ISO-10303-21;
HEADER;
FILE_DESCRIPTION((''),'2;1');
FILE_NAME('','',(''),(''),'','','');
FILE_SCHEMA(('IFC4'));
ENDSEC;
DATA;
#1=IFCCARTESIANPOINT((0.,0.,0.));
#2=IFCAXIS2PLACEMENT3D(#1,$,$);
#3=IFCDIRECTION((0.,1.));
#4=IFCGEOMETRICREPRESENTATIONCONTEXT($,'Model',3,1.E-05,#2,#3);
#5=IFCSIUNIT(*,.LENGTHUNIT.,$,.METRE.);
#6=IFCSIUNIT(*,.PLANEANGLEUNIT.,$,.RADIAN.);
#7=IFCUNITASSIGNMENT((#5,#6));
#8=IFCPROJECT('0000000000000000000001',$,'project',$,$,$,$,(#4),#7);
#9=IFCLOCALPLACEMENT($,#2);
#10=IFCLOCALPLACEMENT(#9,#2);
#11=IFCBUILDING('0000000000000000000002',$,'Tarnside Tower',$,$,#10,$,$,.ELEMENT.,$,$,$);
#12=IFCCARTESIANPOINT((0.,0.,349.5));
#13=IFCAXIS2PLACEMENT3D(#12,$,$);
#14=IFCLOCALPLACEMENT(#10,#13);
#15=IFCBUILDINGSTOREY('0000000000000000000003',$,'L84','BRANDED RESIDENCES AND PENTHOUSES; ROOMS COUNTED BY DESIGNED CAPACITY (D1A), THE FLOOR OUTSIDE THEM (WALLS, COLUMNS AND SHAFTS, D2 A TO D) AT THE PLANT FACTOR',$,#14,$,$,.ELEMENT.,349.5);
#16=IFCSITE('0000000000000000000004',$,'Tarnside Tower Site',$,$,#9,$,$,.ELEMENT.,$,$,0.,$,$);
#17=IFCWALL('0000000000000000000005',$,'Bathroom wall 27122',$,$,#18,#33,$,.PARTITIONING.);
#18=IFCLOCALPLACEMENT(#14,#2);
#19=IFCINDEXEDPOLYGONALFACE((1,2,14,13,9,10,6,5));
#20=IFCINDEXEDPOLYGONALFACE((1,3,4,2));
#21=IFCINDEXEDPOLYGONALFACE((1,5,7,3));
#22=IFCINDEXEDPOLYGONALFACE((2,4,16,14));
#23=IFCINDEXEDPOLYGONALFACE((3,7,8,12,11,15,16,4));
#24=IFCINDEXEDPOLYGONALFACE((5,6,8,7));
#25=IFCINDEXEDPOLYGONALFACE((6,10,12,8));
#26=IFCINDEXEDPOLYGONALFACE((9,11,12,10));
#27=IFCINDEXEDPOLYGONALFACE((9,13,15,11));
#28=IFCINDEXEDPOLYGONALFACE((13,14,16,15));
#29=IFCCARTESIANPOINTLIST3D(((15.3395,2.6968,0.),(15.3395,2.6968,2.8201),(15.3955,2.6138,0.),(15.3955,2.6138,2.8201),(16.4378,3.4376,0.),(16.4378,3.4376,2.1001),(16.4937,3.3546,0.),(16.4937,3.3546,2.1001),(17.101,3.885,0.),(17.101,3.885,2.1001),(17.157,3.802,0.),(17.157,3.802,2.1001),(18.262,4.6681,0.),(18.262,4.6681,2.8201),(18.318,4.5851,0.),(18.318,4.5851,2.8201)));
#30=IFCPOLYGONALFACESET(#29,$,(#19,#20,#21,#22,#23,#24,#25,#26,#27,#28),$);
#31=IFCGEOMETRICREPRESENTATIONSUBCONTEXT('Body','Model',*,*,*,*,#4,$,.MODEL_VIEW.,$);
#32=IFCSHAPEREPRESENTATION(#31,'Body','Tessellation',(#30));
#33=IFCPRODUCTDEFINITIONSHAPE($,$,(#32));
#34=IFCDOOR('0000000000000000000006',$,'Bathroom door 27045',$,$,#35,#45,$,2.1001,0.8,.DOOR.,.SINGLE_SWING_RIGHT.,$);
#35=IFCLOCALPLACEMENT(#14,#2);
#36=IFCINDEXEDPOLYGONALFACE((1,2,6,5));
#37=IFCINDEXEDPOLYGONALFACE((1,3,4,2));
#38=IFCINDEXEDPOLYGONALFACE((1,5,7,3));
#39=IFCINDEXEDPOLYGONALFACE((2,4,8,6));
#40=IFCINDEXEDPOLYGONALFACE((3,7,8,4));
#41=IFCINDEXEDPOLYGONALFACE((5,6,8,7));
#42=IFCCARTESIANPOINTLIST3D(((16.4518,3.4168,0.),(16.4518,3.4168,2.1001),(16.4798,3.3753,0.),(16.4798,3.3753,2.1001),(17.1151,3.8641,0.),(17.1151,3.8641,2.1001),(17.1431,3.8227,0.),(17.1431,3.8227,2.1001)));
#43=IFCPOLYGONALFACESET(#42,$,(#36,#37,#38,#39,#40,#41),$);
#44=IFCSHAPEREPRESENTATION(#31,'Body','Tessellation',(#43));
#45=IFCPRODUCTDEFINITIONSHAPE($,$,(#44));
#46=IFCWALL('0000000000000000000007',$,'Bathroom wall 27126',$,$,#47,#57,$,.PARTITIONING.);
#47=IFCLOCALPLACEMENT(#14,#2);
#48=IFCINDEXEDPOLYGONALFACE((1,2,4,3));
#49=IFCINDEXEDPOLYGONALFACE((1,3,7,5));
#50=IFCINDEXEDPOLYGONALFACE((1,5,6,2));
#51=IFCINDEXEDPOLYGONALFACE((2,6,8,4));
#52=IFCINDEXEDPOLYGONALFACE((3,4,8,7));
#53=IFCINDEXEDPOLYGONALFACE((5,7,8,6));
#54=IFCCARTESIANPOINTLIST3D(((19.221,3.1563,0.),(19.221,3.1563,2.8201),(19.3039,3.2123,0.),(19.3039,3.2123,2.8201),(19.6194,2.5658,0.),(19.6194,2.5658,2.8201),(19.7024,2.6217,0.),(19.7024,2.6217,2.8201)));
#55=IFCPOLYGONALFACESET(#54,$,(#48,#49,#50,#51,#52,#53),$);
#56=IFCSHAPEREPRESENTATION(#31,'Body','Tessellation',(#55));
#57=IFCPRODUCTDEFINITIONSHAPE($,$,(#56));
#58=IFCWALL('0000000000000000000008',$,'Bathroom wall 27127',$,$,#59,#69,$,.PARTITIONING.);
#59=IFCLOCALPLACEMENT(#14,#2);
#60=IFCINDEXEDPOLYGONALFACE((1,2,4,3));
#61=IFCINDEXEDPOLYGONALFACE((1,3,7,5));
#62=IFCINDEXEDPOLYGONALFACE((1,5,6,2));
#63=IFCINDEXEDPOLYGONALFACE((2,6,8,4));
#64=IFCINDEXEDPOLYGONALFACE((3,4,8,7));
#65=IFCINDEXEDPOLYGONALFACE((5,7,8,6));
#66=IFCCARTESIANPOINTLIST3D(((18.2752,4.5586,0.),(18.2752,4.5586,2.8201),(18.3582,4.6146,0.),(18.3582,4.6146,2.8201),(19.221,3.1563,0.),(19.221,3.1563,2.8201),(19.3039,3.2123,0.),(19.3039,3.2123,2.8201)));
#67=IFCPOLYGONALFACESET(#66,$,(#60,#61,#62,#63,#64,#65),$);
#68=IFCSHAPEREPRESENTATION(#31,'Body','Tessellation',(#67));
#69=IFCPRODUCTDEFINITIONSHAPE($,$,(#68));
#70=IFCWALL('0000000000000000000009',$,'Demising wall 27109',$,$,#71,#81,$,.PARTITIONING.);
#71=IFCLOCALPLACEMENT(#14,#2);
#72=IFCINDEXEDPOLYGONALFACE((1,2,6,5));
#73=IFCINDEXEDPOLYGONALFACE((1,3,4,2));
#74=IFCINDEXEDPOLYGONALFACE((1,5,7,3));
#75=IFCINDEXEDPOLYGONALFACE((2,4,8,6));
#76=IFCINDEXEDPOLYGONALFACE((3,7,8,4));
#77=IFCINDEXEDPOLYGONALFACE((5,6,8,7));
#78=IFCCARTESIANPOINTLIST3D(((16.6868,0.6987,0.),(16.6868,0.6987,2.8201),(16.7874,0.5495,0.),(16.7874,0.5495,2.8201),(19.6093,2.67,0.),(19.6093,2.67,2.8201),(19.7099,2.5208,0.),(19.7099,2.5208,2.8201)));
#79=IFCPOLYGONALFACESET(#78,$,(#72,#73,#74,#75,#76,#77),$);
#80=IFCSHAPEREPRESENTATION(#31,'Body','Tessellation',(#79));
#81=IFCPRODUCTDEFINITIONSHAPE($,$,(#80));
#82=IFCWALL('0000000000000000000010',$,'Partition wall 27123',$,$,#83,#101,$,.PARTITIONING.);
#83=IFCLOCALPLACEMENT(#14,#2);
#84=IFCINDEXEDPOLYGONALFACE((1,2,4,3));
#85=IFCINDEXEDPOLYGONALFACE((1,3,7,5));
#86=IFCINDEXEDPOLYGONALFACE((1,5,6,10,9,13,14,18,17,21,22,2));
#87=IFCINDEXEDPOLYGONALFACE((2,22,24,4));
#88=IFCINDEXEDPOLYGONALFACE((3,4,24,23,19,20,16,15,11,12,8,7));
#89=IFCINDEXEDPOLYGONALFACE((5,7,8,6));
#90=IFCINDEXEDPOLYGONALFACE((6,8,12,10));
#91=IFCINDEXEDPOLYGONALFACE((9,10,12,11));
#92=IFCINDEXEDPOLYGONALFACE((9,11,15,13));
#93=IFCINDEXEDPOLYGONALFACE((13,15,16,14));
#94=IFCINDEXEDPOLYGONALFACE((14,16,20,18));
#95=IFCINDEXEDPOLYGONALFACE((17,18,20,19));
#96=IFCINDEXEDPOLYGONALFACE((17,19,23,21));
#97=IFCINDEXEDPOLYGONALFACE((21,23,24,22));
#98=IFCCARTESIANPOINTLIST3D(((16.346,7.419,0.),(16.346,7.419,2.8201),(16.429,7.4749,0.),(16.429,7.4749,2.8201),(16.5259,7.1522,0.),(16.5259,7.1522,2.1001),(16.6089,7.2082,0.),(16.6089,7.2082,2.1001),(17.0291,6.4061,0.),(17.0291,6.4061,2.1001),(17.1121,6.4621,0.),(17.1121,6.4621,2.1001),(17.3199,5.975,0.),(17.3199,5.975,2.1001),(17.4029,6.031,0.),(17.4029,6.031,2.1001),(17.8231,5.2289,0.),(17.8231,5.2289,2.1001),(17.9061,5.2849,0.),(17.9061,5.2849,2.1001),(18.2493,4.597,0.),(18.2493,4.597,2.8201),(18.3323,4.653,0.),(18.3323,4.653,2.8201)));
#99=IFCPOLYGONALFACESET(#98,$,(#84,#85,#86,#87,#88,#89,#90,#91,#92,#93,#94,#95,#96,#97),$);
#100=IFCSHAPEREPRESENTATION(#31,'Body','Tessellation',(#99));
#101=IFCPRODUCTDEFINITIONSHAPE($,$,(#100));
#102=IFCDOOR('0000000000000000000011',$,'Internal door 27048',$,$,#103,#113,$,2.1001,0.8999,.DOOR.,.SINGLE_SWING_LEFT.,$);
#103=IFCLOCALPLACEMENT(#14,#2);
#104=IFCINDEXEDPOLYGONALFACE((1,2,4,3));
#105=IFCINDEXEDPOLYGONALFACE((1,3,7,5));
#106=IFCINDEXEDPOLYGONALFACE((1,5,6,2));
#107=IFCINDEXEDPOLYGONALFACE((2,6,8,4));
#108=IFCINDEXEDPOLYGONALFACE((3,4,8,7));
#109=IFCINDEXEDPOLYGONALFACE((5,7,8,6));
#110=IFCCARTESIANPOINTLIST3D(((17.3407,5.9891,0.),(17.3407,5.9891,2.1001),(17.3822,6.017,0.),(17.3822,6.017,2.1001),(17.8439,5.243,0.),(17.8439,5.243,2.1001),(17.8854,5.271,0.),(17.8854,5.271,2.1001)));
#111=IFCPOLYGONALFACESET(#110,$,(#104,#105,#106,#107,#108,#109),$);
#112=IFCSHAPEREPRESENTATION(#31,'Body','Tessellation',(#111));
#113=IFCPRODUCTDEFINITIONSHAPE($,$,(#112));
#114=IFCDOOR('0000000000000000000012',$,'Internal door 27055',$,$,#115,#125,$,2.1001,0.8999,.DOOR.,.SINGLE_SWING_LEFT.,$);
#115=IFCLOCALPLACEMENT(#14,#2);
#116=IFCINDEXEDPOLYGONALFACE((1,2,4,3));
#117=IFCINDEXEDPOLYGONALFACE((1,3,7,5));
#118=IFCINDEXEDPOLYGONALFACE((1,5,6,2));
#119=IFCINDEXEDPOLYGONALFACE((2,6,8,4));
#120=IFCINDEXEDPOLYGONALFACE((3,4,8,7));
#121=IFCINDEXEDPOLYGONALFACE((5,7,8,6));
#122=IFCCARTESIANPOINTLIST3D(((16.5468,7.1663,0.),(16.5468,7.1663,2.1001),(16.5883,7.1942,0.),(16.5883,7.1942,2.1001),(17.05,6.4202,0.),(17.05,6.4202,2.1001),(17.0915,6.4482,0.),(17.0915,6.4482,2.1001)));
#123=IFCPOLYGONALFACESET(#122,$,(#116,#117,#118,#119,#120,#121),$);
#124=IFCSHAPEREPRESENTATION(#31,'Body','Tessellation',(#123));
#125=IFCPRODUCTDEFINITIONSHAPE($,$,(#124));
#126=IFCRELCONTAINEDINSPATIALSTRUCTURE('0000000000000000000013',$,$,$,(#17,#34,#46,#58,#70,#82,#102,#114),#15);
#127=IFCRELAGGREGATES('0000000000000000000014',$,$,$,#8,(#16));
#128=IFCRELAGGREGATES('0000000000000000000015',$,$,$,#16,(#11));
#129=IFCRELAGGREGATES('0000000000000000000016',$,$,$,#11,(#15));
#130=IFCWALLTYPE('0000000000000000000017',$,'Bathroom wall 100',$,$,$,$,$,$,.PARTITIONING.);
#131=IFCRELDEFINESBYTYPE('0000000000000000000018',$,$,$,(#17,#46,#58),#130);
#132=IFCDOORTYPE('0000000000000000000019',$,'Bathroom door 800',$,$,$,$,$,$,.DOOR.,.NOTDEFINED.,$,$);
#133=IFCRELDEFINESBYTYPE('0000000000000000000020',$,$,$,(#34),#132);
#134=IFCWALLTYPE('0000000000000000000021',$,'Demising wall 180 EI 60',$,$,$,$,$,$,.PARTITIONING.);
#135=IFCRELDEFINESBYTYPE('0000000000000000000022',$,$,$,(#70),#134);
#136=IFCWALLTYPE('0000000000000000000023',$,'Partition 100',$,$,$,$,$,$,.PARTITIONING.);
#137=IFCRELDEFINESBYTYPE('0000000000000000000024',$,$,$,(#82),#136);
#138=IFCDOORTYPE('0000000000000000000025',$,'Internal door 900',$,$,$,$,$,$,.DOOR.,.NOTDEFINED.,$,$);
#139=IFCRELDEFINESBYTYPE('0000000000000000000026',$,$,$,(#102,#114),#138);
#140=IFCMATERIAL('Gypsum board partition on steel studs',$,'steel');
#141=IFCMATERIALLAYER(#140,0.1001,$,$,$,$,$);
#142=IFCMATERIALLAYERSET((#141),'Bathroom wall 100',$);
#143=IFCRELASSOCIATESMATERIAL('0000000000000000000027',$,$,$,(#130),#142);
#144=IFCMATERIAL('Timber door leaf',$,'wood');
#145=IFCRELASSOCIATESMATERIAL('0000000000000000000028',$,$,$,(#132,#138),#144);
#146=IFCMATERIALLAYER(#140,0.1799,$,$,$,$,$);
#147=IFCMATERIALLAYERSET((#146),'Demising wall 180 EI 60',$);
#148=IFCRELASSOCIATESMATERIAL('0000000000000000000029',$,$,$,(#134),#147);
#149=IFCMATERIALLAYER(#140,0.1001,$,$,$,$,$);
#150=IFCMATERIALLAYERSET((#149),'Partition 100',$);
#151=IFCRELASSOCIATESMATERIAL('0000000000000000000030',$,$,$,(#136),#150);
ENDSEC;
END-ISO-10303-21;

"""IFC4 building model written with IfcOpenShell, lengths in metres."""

from ifc_helpers import new_model, si_unit, direction, frame, frame_2d, origin, place, context, subcontext, project, spatial, rectangle, extrude, material, layer, layer_set, type_object, element, fill, save


model = new_model("IFC4")

# Units and contexts
model_context = context("Model", 3, precision=1e-05, world=origin(), true_north=direction((0.0, 1.0)))
body_context = subcontext(model_context, "Body", "Model", "MODEL_VIEW")
ifc_project = project(units=[si_unit("LENGTHUNIT", "METRE"), si_unit("PLANEANGLEUNIT", "RADIAN")], contexts=[model_context])

# Site, building, storey
site_placement = place(None, origin())
site = spatial("IfcSite", under=ifc_project, at=site_placement, Name="Tarnside Tower Site", CompositionType="ELEMENT", RefElevation=0.0)
building_placement = place(site_placement, origin())
building = spatial("IfcBuilding", under=site, at=building_placement, Name="Tarnside Tower", CompositionType="ELEMENT")
storey_placement = place(building_placement, frame((0.0, 0.0, 349.5)))
storey = spatial("IfcBuildingStorey", under=building, at=storey_placement, Name="L84", Description="BRANDED RESIDENCES AND PENTHOUSES; ROOMS COUNTED BY DESIGNED CAPACITY (D1A), THE FLOOR OUTSIDE THEM (WALLS, COLUMNS AND SHAFTS, D2 A TO D) AT THE PLANT FACTOR", CompositionType="ELEMENT", Elevation=349.5)

# Wall, opening, door
ifc_material_1 = material(Name="Gypsum board partition on steel studs", Category="steel")
ifc_layer_1 = layer(ifc_material_1, 0.1001)
ifc_layer_set_1 = layer_set([ifc_layer_1], Name="Bathroom wall 100")
wall_type_1 = type_object("IfcWallType", Name="Bathroom wall 100", PredefinedType="PARTITIONING", material=ifc_layer_set_1)
wall_1_placement = place(storey_placement, frame((15.3674, 2.6553, 0.0), z_axis=(0.0, 0.0, 1.0), x_axis=(0.829033, 0.559199, 0.0)))
wall_1 = element("IfcWall", 1, at=wall_1_placement, inside=storey, type_object=wall_type_1, Name="Bathroom wall 27122", PredefinedType="PARTITIONING", context=body_context, shape_type="SweptSolid", body=[
    extrude(rectangle(XDim=3.5251, YDim=0.1001, at=frame_2d((1.7627, 0.0))), origin(), (0.0, 0.0, 1.0), 2.8201),
])
opening_1_placement = place(wall_1_placement, frame((1.325, 0.0, 0.0)))
opening_1 = element("IfcOpeningElement", 2, at=opening_1_placement, cuts=wall_1, PredefinedType="OPENING", context=body_context, shape_type="SweptSolid", body=[
    extrude(rectangle(XDim=0.8, YDim=2.1001, at=frame_2d((0.3999, 1.05))), frame((0.0, 0.0601, 0.0), z_axis=(0.0, -1.0, 0.0), x_axis=(1.0, 0.0, 0.0)), (0.0, 0.0, 1.0), 0.1201),
])
ifc_material_2 = material(Name="Timber door leaf", Category="wood")
door_type_1 = type_object("IfcDoorType", Name="Bathroom door 800", OperationType="NOTDEFINED", PredefinedType="DOOR", material=ifc_material_2)
door_1_placement = place(opening_1_placement, origin())
door_1 = element("IfcDoor", 3, at=door_1_placement, inside=storey, type_object=door_type_1, Name="Bathroom door 27045", OperationType="SINGLE_SWING_RIGHT", OverallHeight=2.1001, OverallWidth=0.8, PredefinedType="DOOR", context=body_context, shape_type="SweptSolid", body=[
    extrude(rectangle(XDim=0.8, YDim=2.1001, at=frame_2d((0.3999, 1.05))), frame((0.0, 0.0249, 0.0), z_axis=(0.0, -1.0, 0.0), x_axis=(1.0, 0.0, 0.0)), (0.0, 0.0, 1.0), 0.05),
])
fill(opening_1, door_1)

# Walls
wall_2_placement = place(storey_placement, frame((19.6609, 2.5938, 0.0), z_axis=(0.0, 0.0, 1.0), x_axis=(-0.559279, 0.82898, 0.0)))
element("IfcWall", 4, at=wall_2_placement, inside=storey, type_object=wall_type_1, Name="Bathroom wall 27126", PredefinedType="PARTITIONING", context=body_context, shape_type="SweptSolid", body=[
    extrude(rectangle(XDim=0.7124, YDim=0.1001, at=frame_2d((0.3562, 0.0))), origin(), (0.0, 0.0, 1.0), 2.8201),
])
wall_3_placement = place(storey_placement, frame((19.2625, 3.1843, 0.0), z_axis=(0.0, 0.0, 1.0), x_axis=(-0.559156, 0.829063, 0.0)))
element("IfcWall", 5, at=wall_3_placement, inside=storey, type_object=wall_type_1, Name="Bathroom wall 27127", PredefinedType="PARTITIONING", context=body_context, shape_type="SweptSolid", body=[
    extrude(rectangle(XDim=1.6914, YDim=0.1001, at=frame_2d((0.8457, 0.0))), origin(), (0.0, 0.0, 1.0), 2.8201),
])
ifc_layer_2 = layer(ifc_material_1, 0.1799)
ifc_layer_set_2 = layer_set([ifc_layer_2], Name="Demising wall 180 EI 60")
wall_type_2 = type_object("IfcWallType", Name="Demising wall 180 EI 60", PredefinedType="PARTITIONING", material=ifc_layer_set_2)
wall_4_placement = place(storey_placement, frame((19.6597, 2.5955, 0.0), z_axis=(0.0, 0.0, 1.0), x_axis=(-0.829033, -0.559199, 0.0)))
element("IfcWall", 6, at=wall_4_placement, inside=storey, type_object=wall_type_2, Name="Demising wall 27109", PredefinedType="PARTITIONING", context=body_context, shape_type="SweptSolid", body=[
    extrude(rectangle(XDim=3.5251, YDim=0.1799, at=frame_2d((1.7627, 0.0))), origin(), (0.0, 0.0, 1.0), 2.8201),
])

# Wall, openings, doors
ifc_layer_3 = layer(ifc_material_1, 0.1001)
ifc_layer_set_3 = layer_set([ifc_layer_3], Name="Partition 100")
wall_type_3 = type_object("IfcWallType", Name="Partition 100", PredefinedType="PARTITIONING", material=ifc_layer_set_3)
wall_5_placement = place(storey_placement, frame((18.2908, 4.625, 0.0), z_axis=(0.0, 0.0, 1.0), x_axis=(-0.559161, 0.829059, 0.0)))
wall_5 = element("IfcWall", 7, at=wall_5_placement, inside=storey, type_object=wall_type_3, Name="Partition wall 27123", PredefinedType="PARTITIONING", context=body_context, shape_type="SweptSolid", body=[
    extrude(rectangle(XDim=3.4038, YDim=0.1001, at=frame_2d((1.7019, 0.0))), origin(), (0.0, 0.0, 1.0), 2.8201),
])
opening_2_placement = place(wall_5_placement, frame((0.7622, 0.0, 0.0)))
opening_2 = element("IfcOpeningElement", 8, at=opening_2_placement, cuts=wall_5, PredefinedType="OPENING", context=body_context, shape_type="SweptSolid", body=[
    extrude(rectangle(XDim=0.8999, YDim=2.1001, at=frame_2d((0.45, 1.05))), frame((0.0, 0.0601, 0.0), z_axis=(0.0, -1.0, 0.0), x_axis=(1.0, 0.0, 0.0)), (0.0, 0.0, 1.0), 0.1201),
])
opening_3_placement = place(wall_5_placement, frame((2.1821, 0.0, 0.0)))
opening_3 = element("IfcOpeningElement", 9, at=opening_3_placement, cuts=wall_5, PredefinedType="OPENING", context=body_context, shape_type="SweptSolid", body=[
    extrude(rectangle(XDim=0.8999, YDim=2.1001, at=frame_2d((0.45, 1.05))), frame((0.0, 0.0601, 0.0), z_axis=(0.0, -1.0, 0.0), x_axis=(1.0, 0.0, 0.0)), (0.0, 0.0, 1.0), 0.1201),
])
door_type_2 = type_object("IfcDoorType", Name="Internal door 900", OperationType="NOTDEFINED", PredefinedType="DOOR", material=ifc_material_2)
door_2_placement = place(opening_2_placement, origin())
door_2 = element("IfcDoor", 10, at=door_2_placement, inside=storey, type_object=door_type_2, Name="Internal door 27048", OperationType="SINGLE_SWING_LEFT", OverallHeight=2.1001, OverallWidth=0.8999, PredefinedType="DOOR", context=body_context, shape_type="SweptSolid", body=[
    extrude(rectangle(XDim=0.8999, YDim=2.1001, at=frame_2d((0.45, 1.05))), frame((0.0, 0.0249, 0.0), z_axis=(0.0, -1.0, 0.0), x_axis=(1.0, 0.0, 0.0)), (0.0, 0.0, 1.0), 0.05),
])
fill(opening_2, door_2)
door_3_placement = place(opening_3_placement, origin())
door_3 = element("IfcDoor", 11, at=door_3_placement, inside=storey, type_object=door_type_2, Name="Internal door 27055", OperationType="SINGLE_SWING_LEFT", OverallHeight=2.1001, OverallWidth=0.8999, PredefinedType="DOOR", context=body_context, shape_type="SweptSolid", body=[
    extrude(rectangle(XDim=0.8999, YDim=2.1001, at=frame_2d((0.45, 1.05))), frame((0.0, 0.0249, 0.0), z_axis=(0.0, -1.0, 0.0), x_axis=(1.0, 0.0, 0.0)), (0.0, 0.0, 1.0), 0.05),
])
fill(opening_3, door_3)

save(model, "model.ifc")
